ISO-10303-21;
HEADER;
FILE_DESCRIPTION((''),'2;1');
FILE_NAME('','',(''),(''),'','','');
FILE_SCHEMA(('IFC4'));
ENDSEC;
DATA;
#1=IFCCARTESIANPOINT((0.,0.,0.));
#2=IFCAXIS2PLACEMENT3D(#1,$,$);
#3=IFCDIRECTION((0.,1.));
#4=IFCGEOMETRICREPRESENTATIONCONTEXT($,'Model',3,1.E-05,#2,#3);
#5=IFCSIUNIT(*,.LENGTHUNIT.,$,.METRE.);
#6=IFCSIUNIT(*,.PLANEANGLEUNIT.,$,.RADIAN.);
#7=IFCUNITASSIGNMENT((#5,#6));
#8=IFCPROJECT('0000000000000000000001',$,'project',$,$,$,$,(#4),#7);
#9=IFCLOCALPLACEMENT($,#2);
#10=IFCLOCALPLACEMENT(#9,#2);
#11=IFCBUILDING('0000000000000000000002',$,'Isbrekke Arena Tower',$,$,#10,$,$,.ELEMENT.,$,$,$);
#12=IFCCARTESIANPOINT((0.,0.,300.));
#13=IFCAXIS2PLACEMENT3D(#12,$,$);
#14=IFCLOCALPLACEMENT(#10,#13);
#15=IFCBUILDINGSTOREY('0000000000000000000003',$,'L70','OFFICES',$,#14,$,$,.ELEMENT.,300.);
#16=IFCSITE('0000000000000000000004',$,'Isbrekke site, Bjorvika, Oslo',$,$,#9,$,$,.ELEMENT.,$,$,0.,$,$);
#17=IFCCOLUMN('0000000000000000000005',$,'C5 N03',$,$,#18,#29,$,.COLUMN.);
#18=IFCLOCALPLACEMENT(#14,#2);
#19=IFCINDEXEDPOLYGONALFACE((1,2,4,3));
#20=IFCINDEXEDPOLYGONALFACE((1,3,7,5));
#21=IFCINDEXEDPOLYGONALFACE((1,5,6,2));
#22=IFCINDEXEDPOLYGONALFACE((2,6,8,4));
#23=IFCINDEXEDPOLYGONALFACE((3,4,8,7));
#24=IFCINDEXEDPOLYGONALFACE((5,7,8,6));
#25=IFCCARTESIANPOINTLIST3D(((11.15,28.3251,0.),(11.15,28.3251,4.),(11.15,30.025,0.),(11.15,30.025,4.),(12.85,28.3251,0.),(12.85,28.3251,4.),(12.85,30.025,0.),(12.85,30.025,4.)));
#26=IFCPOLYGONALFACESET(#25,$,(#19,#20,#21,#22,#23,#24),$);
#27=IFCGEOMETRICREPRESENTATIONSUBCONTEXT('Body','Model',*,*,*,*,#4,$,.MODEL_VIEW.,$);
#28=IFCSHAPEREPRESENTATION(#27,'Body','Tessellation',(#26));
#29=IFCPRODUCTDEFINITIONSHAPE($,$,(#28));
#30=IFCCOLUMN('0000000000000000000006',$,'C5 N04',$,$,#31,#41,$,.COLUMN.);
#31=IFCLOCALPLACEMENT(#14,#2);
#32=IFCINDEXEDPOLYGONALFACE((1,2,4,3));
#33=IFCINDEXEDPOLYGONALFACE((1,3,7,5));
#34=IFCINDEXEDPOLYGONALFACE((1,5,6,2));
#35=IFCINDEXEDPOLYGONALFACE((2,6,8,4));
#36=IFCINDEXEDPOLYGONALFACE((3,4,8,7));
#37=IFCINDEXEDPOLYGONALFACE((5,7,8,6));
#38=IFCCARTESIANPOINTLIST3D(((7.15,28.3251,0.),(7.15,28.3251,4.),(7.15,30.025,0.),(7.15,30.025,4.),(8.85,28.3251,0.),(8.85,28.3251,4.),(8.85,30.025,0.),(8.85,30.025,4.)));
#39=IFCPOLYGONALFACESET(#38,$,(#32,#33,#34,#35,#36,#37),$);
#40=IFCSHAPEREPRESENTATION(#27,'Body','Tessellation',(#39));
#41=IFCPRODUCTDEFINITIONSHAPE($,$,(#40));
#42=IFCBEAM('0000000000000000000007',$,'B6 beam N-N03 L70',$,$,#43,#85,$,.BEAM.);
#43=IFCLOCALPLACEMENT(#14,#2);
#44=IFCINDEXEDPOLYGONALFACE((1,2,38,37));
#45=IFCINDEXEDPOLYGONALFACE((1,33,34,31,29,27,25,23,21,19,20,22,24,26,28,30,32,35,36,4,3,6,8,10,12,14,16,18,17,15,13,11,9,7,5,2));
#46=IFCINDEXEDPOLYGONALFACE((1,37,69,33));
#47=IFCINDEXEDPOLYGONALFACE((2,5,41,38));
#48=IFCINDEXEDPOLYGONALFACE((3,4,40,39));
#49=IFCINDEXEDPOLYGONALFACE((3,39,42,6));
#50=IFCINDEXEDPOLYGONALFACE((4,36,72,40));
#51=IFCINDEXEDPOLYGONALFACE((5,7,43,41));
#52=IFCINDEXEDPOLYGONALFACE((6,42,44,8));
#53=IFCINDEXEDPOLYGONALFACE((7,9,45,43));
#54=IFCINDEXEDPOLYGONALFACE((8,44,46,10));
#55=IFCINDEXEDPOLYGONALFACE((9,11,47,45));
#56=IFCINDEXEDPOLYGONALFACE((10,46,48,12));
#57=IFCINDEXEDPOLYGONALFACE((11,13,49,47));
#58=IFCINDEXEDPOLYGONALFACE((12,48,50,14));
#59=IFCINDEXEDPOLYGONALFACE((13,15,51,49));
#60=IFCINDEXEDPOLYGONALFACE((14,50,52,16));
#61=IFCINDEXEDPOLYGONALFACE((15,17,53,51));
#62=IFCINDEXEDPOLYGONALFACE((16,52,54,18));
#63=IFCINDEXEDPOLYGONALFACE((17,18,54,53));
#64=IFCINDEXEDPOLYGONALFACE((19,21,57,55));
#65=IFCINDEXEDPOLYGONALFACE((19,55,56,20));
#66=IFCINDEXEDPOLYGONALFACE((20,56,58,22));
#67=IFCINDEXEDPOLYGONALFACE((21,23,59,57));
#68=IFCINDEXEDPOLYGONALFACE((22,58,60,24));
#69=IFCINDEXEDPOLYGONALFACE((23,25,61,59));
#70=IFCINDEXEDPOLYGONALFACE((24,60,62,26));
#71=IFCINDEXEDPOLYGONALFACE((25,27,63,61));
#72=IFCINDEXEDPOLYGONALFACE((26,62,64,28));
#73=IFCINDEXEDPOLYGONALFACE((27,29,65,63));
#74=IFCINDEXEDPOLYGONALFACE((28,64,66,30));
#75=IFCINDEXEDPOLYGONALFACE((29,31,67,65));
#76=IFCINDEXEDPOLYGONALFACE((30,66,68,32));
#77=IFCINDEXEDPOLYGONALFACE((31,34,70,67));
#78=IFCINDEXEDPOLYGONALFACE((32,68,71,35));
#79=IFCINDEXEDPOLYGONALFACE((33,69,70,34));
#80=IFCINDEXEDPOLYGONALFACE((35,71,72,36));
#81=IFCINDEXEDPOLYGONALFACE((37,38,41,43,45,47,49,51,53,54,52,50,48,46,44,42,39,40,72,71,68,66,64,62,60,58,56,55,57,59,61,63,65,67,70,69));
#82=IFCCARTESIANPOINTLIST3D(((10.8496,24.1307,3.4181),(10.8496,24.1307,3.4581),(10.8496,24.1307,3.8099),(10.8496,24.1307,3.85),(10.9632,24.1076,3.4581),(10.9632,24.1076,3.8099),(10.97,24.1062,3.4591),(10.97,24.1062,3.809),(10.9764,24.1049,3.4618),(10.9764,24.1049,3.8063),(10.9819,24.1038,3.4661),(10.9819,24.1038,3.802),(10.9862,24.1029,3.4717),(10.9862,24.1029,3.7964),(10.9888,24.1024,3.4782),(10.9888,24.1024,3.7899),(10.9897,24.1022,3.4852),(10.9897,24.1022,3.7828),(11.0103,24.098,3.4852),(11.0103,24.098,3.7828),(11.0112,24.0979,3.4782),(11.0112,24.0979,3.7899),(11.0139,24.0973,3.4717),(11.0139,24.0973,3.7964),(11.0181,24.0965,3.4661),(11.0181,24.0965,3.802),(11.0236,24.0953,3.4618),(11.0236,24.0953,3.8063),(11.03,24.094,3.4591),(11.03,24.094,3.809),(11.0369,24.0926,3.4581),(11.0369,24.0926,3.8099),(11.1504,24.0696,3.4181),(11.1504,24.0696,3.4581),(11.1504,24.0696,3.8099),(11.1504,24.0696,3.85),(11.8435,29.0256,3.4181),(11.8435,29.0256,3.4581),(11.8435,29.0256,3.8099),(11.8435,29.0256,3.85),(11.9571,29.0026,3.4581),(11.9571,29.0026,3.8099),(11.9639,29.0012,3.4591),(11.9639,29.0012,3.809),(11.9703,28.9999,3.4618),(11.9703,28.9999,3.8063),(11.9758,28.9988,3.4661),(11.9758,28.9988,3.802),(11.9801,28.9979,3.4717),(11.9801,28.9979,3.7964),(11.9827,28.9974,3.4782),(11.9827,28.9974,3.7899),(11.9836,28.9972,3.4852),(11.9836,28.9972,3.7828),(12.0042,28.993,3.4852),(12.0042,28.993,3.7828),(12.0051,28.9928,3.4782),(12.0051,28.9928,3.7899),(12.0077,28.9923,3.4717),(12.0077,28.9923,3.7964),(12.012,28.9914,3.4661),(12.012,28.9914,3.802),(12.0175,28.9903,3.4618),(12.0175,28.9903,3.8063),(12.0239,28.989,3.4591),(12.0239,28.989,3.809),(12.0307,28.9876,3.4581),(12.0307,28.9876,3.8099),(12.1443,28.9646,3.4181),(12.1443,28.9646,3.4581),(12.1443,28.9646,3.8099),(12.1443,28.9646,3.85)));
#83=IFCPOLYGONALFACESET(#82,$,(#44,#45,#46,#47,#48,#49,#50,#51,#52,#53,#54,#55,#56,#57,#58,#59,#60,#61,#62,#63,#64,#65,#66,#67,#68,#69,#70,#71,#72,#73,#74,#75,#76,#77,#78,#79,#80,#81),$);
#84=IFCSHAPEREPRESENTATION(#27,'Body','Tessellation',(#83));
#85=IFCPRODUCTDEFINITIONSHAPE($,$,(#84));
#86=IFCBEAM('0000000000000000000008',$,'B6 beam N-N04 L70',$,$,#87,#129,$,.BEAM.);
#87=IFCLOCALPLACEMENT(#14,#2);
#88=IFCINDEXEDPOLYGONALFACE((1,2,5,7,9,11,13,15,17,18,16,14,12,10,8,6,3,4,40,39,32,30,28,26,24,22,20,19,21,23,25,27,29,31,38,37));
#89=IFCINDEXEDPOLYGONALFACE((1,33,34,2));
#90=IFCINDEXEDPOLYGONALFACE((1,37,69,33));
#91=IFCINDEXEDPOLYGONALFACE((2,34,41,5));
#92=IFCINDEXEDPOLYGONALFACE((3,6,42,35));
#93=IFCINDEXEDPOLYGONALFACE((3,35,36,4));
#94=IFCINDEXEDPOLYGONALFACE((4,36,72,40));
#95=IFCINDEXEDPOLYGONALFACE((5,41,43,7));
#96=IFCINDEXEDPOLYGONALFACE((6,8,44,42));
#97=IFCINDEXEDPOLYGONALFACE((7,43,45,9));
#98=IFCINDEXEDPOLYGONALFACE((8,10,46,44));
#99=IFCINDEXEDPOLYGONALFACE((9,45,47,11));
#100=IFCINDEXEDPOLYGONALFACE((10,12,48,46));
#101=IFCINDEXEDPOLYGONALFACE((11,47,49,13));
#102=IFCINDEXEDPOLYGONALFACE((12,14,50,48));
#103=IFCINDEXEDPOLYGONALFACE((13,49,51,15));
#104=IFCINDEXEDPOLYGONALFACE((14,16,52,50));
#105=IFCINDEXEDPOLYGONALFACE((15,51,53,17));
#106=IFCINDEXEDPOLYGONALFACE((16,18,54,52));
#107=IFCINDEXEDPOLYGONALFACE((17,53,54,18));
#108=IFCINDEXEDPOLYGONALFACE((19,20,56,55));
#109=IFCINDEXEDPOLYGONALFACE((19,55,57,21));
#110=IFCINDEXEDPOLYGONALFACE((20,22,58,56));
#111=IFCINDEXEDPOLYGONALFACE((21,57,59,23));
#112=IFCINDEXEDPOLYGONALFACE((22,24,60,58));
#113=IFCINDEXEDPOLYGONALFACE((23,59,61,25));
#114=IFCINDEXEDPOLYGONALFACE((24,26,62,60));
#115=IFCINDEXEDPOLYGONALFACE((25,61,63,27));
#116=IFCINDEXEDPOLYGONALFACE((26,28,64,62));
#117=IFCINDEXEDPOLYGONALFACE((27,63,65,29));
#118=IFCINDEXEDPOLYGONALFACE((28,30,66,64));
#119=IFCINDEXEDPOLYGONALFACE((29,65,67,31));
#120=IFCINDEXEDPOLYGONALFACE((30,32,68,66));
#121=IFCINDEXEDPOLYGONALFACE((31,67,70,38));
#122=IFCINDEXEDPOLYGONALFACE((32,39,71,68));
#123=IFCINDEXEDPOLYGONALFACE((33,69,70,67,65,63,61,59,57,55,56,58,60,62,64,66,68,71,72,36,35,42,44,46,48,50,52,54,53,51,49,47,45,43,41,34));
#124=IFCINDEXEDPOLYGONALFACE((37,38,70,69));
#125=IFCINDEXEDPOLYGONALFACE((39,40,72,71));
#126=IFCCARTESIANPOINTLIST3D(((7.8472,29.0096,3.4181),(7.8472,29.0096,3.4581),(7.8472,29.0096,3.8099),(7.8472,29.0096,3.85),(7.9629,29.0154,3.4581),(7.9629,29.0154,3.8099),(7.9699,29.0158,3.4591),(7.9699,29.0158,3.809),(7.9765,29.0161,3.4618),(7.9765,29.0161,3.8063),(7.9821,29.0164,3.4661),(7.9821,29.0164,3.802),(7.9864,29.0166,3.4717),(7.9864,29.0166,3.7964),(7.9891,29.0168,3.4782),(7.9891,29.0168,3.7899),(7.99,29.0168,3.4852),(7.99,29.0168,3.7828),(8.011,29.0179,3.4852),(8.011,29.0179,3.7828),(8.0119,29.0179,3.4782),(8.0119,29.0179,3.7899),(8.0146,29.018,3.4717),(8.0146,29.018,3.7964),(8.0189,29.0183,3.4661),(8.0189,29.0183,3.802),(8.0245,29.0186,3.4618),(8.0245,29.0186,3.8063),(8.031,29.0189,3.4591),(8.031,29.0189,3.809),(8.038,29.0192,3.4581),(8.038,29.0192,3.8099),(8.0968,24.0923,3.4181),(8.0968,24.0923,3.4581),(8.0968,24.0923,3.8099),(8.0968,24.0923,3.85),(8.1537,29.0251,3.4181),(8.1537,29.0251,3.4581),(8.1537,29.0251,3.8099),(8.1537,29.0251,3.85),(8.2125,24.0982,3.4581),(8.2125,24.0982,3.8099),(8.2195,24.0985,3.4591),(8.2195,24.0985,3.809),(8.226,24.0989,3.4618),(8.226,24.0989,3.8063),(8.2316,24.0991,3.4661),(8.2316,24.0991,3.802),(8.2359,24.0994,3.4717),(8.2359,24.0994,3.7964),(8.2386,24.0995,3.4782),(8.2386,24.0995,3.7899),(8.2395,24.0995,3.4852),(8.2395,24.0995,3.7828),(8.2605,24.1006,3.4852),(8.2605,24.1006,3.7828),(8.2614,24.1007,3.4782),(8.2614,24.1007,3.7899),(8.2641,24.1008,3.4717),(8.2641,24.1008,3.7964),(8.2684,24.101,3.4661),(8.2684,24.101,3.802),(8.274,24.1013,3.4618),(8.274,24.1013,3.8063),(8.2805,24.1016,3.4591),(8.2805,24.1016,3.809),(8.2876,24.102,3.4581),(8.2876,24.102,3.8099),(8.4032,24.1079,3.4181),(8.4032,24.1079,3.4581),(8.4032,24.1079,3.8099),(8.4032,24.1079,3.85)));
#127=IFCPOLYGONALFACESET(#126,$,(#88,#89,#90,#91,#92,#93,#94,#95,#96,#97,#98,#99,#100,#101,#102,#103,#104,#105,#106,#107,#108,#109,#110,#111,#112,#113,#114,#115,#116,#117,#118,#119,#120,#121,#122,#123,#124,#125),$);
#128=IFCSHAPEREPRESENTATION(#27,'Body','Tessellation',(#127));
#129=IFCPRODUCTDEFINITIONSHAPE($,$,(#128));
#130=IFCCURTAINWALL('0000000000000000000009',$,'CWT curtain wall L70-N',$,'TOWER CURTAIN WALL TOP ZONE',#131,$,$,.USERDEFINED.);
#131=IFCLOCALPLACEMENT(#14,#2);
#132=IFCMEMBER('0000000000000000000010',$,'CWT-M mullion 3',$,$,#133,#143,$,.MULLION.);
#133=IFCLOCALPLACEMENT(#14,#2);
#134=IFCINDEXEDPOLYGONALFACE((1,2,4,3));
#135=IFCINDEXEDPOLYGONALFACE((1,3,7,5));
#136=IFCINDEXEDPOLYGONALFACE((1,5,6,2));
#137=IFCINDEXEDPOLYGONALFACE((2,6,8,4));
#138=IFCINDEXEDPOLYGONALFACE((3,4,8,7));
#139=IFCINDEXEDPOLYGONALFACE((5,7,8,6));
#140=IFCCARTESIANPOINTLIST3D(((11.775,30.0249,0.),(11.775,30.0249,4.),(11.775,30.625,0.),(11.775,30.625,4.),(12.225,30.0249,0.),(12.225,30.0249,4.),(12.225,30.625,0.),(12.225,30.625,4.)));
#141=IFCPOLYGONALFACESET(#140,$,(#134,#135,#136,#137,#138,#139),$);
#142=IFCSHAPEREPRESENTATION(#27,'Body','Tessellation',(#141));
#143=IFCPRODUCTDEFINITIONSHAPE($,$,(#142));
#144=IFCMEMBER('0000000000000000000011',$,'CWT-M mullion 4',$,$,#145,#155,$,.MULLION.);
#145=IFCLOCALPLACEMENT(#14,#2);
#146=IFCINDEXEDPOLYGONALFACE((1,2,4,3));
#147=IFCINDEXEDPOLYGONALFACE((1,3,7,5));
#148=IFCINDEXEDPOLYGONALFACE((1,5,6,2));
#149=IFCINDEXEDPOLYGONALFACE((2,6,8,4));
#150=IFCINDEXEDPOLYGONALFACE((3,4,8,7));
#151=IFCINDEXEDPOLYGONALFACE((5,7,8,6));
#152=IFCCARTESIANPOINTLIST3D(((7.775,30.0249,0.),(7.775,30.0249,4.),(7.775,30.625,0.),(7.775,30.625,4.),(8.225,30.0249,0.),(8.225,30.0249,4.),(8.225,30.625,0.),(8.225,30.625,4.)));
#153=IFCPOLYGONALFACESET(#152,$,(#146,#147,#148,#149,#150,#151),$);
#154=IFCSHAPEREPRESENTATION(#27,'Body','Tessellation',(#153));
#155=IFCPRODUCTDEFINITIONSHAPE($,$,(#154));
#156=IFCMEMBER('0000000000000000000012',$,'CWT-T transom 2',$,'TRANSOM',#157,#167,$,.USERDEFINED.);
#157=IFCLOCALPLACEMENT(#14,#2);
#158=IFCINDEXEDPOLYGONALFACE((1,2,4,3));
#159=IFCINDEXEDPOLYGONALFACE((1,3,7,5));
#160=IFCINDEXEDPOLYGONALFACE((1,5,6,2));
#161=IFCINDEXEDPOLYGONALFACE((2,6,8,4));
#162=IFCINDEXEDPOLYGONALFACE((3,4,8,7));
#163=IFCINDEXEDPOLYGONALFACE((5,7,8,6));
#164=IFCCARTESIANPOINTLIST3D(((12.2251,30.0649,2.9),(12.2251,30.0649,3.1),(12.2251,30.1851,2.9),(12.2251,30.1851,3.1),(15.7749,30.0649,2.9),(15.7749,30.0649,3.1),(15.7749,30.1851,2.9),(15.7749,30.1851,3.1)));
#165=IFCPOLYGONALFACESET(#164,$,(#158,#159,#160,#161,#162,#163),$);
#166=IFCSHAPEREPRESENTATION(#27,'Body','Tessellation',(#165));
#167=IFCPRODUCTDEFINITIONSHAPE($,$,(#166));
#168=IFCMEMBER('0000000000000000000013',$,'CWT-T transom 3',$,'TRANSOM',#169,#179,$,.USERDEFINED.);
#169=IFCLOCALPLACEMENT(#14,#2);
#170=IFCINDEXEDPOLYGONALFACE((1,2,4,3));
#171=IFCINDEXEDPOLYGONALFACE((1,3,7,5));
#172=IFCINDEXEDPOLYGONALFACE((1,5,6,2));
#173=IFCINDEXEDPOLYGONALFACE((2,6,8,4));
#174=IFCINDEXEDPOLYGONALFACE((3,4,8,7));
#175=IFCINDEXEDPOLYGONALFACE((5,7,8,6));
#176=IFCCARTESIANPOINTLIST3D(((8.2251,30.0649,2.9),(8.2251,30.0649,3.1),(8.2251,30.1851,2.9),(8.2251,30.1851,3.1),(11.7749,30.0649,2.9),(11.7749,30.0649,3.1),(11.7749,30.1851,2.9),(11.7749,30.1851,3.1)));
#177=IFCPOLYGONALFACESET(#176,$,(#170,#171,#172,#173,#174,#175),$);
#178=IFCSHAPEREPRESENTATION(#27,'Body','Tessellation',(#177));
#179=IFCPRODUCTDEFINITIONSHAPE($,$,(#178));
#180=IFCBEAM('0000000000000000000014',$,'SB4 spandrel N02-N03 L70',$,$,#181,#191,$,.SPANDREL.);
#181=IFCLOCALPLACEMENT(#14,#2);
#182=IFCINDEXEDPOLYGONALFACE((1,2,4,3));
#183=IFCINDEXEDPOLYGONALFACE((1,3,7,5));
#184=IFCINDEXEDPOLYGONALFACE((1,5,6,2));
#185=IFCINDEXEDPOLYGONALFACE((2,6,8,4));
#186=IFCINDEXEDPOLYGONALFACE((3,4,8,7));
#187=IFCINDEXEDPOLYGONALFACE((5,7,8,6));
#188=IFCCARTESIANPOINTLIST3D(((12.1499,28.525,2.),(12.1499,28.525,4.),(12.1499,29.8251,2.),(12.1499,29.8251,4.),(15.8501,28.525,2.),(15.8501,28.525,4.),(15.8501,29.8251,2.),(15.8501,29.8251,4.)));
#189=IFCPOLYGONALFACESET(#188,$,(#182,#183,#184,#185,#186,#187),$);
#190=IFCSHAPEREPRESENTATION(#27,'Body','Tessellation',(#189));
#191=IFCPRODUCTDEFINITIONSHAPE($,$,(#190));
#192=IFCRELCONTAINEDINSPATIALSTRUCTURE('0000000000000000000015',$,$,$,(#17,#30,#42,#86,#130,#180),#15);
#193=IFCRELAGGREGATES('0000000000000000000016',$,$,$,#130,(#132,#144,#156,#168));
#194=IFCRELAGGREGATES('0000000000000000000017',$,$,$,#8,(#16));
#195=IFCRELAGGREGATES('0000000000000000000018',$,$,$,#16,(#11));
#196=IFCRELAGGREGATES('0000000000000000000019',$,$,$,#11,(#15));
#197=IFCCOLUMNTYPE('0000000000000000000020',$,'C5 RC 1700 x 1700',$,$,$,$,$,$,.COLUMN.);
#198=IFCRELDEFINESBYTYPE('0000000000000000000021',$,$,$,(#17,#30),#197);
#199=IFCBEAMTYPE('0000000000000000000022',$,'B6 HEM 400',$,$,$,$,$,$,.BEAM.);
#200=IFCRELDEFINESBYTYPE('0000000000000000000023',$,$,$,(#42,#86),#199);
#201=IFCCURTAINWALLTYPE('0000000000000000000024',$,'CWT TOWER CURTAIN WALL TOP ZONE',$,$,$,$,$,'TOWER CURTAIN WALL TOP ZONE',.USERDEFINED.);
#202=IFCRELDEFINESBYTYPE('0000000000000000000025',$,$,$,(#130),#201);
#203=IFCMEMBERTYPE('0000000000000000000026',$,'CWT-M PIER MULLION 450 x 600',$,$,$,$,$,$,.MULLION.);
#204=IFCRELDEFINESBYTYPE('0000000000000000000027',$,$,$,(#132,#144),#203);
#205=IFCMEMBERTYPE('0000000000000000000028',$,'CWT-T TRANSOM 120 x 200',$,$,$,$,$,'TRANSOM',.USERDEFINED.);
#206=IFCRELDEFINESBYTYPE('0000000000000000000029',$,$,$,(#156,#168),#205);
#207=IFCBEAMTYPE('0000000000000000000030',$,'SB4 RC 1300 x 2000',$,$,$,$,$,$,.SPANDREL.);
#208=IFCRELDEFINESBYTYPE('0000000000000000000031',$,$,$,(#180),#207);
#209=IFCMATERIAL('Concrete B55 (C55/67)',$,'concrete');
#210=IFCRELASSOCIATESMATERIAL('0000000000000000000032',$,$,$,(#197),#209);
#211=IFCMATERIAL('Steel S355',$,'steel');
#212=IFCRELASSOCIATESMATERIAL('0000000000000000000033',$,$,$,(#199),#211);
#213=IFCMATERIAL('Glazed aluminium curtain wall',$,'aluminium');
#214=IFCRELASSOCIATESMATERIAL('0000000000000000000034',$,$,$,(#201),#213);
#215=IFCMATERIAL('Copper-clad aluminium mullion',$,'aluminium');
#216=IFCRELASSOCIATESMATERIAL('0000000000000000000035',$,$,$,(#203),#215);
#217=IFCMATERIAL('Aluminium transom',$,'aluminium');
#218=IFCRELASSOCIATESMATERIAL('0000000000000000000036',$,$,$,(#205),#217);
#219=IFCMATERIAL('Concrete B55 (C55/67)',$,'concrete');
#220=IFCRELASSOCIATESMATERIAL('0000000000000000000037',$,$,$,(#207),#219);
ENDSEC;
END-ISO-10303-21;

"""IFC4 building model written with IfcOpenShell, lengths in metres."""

from ifc_helpers import new_model, si_unit, direction, frame, origin, origin_2d, place, context, subcontext, project, spatial, rectangle, i_section, extrude, material, material_profile, profile_set, type_object, element, aggregate, save


model = new_model("IFC4")

# Units and contexts
model_context = context("Model", 3, precision=1e-05, world=origin(), true_north=direction((0.0, 1.0)))
body_context = subcontext(model_context, "Body", "Model", "MODEL_VIEW")
ifc_project = project(units=[si_unit("LENGTHUNIT", "METRE"), si_unit("PLANEANGLEUNIT", "RADIAN")], contexts=[model_context])

# Site, building, storey
site_placement = place(None, origin())
site = spatial("IfcSite", under=ifc_project, at=site_placement, Name="Isbrekke site, Bjorvika, Oslo", CompositionType="ELEMENT", RefElevation=0.0)
building_placement = place(site_placement, origin())
building = spatial("IfcBuilding", under=site, at=building_placement, Name="Isbrekke Arena Tower", CompositionType="ELEMENT")
storey_placement = place(building_placement, frame((0.0, 0.0, 300.0)))
storey = spatial("IfcBuildingStorey", under=building, at=storey_placement, Name="L70", Description="OFFICES", CompositionType="ELEMENT", Elevation=300.0)

# Columns
ifc_material_1 = material(Name="Concrete B55 (C55/67)", Category="concrete")
ifc_material_profile_1 = material_profile(ifc_material_1, rectangle(XDim=1.7, YDim=1.7, at=origin_2d()), Name="RC 1700x1700")
ifc_profile_set_1 = profile_set([ifc_material_profile_1], Name="Concrete B55 (C55/67)")
column_type = type_object("IfcColumnType", Name="C5 RC 1700 x 1700", PredefinedType="COLUMN", material=ifc_profile_set_1)
for number, where, z_axis, x_axis, name in (
    (1, (12.0, 29.175, 0.0), (0.0, 0.0, 1.0), (-1.0, 0.0, 0.0), "C5 N03"),
    (2, (8.0, 29.175, 0.0), (0.0, 0.0, 1.0), (-1.0, 0.0, 0.0), "C5 N04"),
):
    element("IfcColumn", number, at=place(storey_placement, frame(where, z_axis=z_axis, x_axis=x_axis)), inside=storey, type_object=column_type, Name=name, PredefinedType="COLUMN", context=body_context, shape_type="SweptSolid", body=[
        extrude(rectangle(XDim=1.7, YDim=1.7, at=origin_2d()), origin(), (0.0, 0.0, 1.0), 4.0),
    ])

# Beams
ifc_material_2 = material(Name="Steel S355", Category="steel")
ifc_material_profile_2 = material_profile(ifc_material_2, i_section(OverallWidth=0.3069, OverallDepth=0.4319, WebThickness=0.021, FlangeThickness=0.04, FilletRadius=0.0271, at=origin_2d()), Name="HEM 400")
ifc_profile_set_2 = profile_set([ifc_material_profile_2], Name="Steel S355")
beam_type_1 = type_object("IfcBeamType", Name="B6 HEM 400", PredefinedType="BEAM", material=ifc_profile_set_2)
beam_1_placement = place(storey_placement, frame((11.9939, 28.9951, 3.634), z_axis=(-0.198982, -0.980003, 0.0), x_axis=(0.980003, -0.198982, 0.0)))
element("IfcBeam", 3, at=beam_1_placement, inside=storey, type_object=beam_type_1, Name="B6 beam N-N03 L70", PredefinedType="BEAM", context=body_context, shape_type="SweptSolid", body=[
    extrude(i_section(OverallWidth=0.3069, OverallDepth=0.4319, WebThickness=0.021, FlangeThickness=0.04, FilletRadius=0.0271, at=origin_2d()), origin(), (0.0, 0.0, 1.0), 4.9949),
])
beam_2_placement = place(storey_placement, frame((8.0005, 29.0173, 3.634), z_axis=(0.050677, -0.998715, 0.0), x_axis=(0.998715, 0.050677, 0.0)))
element("IfcBeam", 4, at=beam_2_placement, inside=storey, type_object=beam_type_1, Name="B6 beam N-N04 L70", PredefinedType="BEAM", context=body_context, shape_type="SweptSolid", body=[
    extrude(i_section(OverallWidth=0.3069, OverallDepth=0.4319, WebThickness=0.021, FlangeThickness=0.04, FilletRadius=0.0271, at=origin_2d()), origin(), (0.0, 0.0, 1.0), 4.9236),
])

# Curtain wall, members
ifc_material_3 = material(Name="Glazed aluminium curtain wall", Category="aluminium")
curtain_wall_type = type_object("IfcCurtainWallType", Name="CWT TOWER CURTAIN WALL TOP ZONE", ElementType="TOWER CURTAIN WALL TOP ZONE", PredefinedType="USERDEFINED", material=ifc_material_3)
curtain_wall_placement = place(storey_placement, origin())
curtain_wall = element("IfcCurtainWall", 5, at=curtain_wall_placement, inside=storey, type_object=curtain_wall_type, Name="CWT curtain wall L70-N", ObjectType="TOWER CURTAIN WALL TOP ZONE", PredefinedType="USERDEFINED")
ifc_material_4 = material(Name="Copper-clad aluminium mullion", Category="aluminium")
ifc_material_profile_3 = material_profile(ifc_material_4, rectangle(XDim=0.45, YDim=0.6001, at=origin_2d()), Name="PIER 450X600")
ifc_profile_set_3 = profile_set([ifc_material_profile_3], Name="Copper-clad aluminium mullion")
member_type_1 = type_object("IfcMemberType", Name="CWT-M PIER MULLION 450 x 600", PredefinedType="MULLION", material=ifc_profile_set_3)
member_1_placement = place(storey_placement, frame((12.0, 30.325, 0.0), z_axis=(0.0, 0.0, 1.0), x_axis=(-1.0, 0.0, 0.0)))
member_1 = element("IfcMember", 6, at=member_1_placement, type_object=member_type_1, Name="CWT-M mullion 3", PredefinedType="MULLION", context=body_context, shape_type="SweptSolid", body=[
    extrude(rectangle(XDim=0.45, YDim=0.6001, at=origin_2d()), origin(), (0.0, 0.0, 1.0), 4.0),
])
member_2_placement = place(storey_placement, frame((8.0, 30.325, 0.0), z_axis=(0.0, 0.0, 1.0), x_axis=(-1.0, 0.0, 0.0)))
member_2 = element("IfcMember", 7, at=member_2_placement, type_object=member_type_1, Name="CWT-M mullion 4", PredefinedType="MULLION", context=body_context, shape_type="SweptSolid", body=[
    extrude(rectangle(XDim=0.45, YDim=0.6001, at=origin_2d()), origin(), (0.0, 0.0, 1.0), 4.0),
])
ifc_material_5 = material(Name="Aluminium transom", Category="aluminium")
ifc_material_profile_4 = material_profile(ifc_material_5, rectangle(XDim=0.1201, YDim=0.2, at=origin_2d()), Name="TRANSOM 120X200")
ifc_profile_set_4 = profile_set([ifc_material_profile_4], Name="Aluminium transom")
member_type_2 = type_object("IfcMemberType", Name="CWT-T TRANSOM 120 x 200", ElementType="TRANSOM", PredefinedType="USERDEFINED", material=ifc_profile_set_4)
member_3_placement = place(storey_placement, frame((15.7749, 30.125, 3.0), z_axis=(-1.0, 0.0, 0.0), x_axis=(0.0, -1.0, 0.0)))
member_3 = element("IfcMember", 8, at=member_3_placement, type_object=member_type_2, Name="CWT-T transom 2", ObjectType="TRANSOM", PredefinedType="USERDEFINED", context=body_context, shape_type="SweptSolid", body=[
    extrude(rectangle(XDim=0.1201, YDim=0.2, at=origin_2d()), origin(), (0.0, 0.0, 1.0), 3.5498),
])
member_4_placement = place(storey_placement, frame((11.7749, 30.125, 3.0), z_axis=(-1.0, 0.0, 0.0), x_axis=(0.0, -1.0, 0.0)))
member_4 = element("IfcMember", 9, at=member_4_placement, type_object=member_type_2, Name="CWT-T transom 3", ObjectType="TRANSOM", PredefinedType="USERDEFINED", context=body_context, shape_type="SweptSolid", body=[
    extrude(rectangle(XDim=0.1201, YDim=0.2, at=origin_2d()), origin(), (0.0, 0.0, 1.0), 3.5498),
])

# Beam
ifc_material_6 = material(Name="Concrete B55 (C55/67)", Category="concrete")
ifc_material_profile_5 = material_profile(ifc_material_6, rectangle(XDim=1.3, YDim=2.0, at=origin_2d()), Name="RC 1300x2000")
ifc_profile_set_5 = profile_set([ifc_material_profile_5], Name="Concrete B55 (C55/67)")
beam_type_2 = type_object("IfcBeamType", Name="SB4 RC 1300 x 2000", PredefinedType="SPANDREL", material=ifc_profile_set_5)
for number, where, z_axis, x_axis, name in (
    (10, (15.8501, 29.175, 3.0), (-1.0, 0.0, 0.0), (0.0, -1.0, 0.0), "SB4 spandrel N02-N03 L70"),
):
    element("IfcBeam", number, at=place(storey_placement, frame(where, z_axis=z_axis, x_axis=x_axis)), inside=storey, type_object=beam_type_2, Name=name, PredefinedType="SPANDREL", context=body_context, shape_type="SweptSolid", body=[
        extrude(rectangle(XDim=1.3, YDim=2.0, at=origin_2d()), origin(), (0.0, 0.0, 1.0), 3.7002),
    ])

aggregate(curtain_wall, [member_1, member_2, member_3, member_4])

save(model, "model.ifc")
